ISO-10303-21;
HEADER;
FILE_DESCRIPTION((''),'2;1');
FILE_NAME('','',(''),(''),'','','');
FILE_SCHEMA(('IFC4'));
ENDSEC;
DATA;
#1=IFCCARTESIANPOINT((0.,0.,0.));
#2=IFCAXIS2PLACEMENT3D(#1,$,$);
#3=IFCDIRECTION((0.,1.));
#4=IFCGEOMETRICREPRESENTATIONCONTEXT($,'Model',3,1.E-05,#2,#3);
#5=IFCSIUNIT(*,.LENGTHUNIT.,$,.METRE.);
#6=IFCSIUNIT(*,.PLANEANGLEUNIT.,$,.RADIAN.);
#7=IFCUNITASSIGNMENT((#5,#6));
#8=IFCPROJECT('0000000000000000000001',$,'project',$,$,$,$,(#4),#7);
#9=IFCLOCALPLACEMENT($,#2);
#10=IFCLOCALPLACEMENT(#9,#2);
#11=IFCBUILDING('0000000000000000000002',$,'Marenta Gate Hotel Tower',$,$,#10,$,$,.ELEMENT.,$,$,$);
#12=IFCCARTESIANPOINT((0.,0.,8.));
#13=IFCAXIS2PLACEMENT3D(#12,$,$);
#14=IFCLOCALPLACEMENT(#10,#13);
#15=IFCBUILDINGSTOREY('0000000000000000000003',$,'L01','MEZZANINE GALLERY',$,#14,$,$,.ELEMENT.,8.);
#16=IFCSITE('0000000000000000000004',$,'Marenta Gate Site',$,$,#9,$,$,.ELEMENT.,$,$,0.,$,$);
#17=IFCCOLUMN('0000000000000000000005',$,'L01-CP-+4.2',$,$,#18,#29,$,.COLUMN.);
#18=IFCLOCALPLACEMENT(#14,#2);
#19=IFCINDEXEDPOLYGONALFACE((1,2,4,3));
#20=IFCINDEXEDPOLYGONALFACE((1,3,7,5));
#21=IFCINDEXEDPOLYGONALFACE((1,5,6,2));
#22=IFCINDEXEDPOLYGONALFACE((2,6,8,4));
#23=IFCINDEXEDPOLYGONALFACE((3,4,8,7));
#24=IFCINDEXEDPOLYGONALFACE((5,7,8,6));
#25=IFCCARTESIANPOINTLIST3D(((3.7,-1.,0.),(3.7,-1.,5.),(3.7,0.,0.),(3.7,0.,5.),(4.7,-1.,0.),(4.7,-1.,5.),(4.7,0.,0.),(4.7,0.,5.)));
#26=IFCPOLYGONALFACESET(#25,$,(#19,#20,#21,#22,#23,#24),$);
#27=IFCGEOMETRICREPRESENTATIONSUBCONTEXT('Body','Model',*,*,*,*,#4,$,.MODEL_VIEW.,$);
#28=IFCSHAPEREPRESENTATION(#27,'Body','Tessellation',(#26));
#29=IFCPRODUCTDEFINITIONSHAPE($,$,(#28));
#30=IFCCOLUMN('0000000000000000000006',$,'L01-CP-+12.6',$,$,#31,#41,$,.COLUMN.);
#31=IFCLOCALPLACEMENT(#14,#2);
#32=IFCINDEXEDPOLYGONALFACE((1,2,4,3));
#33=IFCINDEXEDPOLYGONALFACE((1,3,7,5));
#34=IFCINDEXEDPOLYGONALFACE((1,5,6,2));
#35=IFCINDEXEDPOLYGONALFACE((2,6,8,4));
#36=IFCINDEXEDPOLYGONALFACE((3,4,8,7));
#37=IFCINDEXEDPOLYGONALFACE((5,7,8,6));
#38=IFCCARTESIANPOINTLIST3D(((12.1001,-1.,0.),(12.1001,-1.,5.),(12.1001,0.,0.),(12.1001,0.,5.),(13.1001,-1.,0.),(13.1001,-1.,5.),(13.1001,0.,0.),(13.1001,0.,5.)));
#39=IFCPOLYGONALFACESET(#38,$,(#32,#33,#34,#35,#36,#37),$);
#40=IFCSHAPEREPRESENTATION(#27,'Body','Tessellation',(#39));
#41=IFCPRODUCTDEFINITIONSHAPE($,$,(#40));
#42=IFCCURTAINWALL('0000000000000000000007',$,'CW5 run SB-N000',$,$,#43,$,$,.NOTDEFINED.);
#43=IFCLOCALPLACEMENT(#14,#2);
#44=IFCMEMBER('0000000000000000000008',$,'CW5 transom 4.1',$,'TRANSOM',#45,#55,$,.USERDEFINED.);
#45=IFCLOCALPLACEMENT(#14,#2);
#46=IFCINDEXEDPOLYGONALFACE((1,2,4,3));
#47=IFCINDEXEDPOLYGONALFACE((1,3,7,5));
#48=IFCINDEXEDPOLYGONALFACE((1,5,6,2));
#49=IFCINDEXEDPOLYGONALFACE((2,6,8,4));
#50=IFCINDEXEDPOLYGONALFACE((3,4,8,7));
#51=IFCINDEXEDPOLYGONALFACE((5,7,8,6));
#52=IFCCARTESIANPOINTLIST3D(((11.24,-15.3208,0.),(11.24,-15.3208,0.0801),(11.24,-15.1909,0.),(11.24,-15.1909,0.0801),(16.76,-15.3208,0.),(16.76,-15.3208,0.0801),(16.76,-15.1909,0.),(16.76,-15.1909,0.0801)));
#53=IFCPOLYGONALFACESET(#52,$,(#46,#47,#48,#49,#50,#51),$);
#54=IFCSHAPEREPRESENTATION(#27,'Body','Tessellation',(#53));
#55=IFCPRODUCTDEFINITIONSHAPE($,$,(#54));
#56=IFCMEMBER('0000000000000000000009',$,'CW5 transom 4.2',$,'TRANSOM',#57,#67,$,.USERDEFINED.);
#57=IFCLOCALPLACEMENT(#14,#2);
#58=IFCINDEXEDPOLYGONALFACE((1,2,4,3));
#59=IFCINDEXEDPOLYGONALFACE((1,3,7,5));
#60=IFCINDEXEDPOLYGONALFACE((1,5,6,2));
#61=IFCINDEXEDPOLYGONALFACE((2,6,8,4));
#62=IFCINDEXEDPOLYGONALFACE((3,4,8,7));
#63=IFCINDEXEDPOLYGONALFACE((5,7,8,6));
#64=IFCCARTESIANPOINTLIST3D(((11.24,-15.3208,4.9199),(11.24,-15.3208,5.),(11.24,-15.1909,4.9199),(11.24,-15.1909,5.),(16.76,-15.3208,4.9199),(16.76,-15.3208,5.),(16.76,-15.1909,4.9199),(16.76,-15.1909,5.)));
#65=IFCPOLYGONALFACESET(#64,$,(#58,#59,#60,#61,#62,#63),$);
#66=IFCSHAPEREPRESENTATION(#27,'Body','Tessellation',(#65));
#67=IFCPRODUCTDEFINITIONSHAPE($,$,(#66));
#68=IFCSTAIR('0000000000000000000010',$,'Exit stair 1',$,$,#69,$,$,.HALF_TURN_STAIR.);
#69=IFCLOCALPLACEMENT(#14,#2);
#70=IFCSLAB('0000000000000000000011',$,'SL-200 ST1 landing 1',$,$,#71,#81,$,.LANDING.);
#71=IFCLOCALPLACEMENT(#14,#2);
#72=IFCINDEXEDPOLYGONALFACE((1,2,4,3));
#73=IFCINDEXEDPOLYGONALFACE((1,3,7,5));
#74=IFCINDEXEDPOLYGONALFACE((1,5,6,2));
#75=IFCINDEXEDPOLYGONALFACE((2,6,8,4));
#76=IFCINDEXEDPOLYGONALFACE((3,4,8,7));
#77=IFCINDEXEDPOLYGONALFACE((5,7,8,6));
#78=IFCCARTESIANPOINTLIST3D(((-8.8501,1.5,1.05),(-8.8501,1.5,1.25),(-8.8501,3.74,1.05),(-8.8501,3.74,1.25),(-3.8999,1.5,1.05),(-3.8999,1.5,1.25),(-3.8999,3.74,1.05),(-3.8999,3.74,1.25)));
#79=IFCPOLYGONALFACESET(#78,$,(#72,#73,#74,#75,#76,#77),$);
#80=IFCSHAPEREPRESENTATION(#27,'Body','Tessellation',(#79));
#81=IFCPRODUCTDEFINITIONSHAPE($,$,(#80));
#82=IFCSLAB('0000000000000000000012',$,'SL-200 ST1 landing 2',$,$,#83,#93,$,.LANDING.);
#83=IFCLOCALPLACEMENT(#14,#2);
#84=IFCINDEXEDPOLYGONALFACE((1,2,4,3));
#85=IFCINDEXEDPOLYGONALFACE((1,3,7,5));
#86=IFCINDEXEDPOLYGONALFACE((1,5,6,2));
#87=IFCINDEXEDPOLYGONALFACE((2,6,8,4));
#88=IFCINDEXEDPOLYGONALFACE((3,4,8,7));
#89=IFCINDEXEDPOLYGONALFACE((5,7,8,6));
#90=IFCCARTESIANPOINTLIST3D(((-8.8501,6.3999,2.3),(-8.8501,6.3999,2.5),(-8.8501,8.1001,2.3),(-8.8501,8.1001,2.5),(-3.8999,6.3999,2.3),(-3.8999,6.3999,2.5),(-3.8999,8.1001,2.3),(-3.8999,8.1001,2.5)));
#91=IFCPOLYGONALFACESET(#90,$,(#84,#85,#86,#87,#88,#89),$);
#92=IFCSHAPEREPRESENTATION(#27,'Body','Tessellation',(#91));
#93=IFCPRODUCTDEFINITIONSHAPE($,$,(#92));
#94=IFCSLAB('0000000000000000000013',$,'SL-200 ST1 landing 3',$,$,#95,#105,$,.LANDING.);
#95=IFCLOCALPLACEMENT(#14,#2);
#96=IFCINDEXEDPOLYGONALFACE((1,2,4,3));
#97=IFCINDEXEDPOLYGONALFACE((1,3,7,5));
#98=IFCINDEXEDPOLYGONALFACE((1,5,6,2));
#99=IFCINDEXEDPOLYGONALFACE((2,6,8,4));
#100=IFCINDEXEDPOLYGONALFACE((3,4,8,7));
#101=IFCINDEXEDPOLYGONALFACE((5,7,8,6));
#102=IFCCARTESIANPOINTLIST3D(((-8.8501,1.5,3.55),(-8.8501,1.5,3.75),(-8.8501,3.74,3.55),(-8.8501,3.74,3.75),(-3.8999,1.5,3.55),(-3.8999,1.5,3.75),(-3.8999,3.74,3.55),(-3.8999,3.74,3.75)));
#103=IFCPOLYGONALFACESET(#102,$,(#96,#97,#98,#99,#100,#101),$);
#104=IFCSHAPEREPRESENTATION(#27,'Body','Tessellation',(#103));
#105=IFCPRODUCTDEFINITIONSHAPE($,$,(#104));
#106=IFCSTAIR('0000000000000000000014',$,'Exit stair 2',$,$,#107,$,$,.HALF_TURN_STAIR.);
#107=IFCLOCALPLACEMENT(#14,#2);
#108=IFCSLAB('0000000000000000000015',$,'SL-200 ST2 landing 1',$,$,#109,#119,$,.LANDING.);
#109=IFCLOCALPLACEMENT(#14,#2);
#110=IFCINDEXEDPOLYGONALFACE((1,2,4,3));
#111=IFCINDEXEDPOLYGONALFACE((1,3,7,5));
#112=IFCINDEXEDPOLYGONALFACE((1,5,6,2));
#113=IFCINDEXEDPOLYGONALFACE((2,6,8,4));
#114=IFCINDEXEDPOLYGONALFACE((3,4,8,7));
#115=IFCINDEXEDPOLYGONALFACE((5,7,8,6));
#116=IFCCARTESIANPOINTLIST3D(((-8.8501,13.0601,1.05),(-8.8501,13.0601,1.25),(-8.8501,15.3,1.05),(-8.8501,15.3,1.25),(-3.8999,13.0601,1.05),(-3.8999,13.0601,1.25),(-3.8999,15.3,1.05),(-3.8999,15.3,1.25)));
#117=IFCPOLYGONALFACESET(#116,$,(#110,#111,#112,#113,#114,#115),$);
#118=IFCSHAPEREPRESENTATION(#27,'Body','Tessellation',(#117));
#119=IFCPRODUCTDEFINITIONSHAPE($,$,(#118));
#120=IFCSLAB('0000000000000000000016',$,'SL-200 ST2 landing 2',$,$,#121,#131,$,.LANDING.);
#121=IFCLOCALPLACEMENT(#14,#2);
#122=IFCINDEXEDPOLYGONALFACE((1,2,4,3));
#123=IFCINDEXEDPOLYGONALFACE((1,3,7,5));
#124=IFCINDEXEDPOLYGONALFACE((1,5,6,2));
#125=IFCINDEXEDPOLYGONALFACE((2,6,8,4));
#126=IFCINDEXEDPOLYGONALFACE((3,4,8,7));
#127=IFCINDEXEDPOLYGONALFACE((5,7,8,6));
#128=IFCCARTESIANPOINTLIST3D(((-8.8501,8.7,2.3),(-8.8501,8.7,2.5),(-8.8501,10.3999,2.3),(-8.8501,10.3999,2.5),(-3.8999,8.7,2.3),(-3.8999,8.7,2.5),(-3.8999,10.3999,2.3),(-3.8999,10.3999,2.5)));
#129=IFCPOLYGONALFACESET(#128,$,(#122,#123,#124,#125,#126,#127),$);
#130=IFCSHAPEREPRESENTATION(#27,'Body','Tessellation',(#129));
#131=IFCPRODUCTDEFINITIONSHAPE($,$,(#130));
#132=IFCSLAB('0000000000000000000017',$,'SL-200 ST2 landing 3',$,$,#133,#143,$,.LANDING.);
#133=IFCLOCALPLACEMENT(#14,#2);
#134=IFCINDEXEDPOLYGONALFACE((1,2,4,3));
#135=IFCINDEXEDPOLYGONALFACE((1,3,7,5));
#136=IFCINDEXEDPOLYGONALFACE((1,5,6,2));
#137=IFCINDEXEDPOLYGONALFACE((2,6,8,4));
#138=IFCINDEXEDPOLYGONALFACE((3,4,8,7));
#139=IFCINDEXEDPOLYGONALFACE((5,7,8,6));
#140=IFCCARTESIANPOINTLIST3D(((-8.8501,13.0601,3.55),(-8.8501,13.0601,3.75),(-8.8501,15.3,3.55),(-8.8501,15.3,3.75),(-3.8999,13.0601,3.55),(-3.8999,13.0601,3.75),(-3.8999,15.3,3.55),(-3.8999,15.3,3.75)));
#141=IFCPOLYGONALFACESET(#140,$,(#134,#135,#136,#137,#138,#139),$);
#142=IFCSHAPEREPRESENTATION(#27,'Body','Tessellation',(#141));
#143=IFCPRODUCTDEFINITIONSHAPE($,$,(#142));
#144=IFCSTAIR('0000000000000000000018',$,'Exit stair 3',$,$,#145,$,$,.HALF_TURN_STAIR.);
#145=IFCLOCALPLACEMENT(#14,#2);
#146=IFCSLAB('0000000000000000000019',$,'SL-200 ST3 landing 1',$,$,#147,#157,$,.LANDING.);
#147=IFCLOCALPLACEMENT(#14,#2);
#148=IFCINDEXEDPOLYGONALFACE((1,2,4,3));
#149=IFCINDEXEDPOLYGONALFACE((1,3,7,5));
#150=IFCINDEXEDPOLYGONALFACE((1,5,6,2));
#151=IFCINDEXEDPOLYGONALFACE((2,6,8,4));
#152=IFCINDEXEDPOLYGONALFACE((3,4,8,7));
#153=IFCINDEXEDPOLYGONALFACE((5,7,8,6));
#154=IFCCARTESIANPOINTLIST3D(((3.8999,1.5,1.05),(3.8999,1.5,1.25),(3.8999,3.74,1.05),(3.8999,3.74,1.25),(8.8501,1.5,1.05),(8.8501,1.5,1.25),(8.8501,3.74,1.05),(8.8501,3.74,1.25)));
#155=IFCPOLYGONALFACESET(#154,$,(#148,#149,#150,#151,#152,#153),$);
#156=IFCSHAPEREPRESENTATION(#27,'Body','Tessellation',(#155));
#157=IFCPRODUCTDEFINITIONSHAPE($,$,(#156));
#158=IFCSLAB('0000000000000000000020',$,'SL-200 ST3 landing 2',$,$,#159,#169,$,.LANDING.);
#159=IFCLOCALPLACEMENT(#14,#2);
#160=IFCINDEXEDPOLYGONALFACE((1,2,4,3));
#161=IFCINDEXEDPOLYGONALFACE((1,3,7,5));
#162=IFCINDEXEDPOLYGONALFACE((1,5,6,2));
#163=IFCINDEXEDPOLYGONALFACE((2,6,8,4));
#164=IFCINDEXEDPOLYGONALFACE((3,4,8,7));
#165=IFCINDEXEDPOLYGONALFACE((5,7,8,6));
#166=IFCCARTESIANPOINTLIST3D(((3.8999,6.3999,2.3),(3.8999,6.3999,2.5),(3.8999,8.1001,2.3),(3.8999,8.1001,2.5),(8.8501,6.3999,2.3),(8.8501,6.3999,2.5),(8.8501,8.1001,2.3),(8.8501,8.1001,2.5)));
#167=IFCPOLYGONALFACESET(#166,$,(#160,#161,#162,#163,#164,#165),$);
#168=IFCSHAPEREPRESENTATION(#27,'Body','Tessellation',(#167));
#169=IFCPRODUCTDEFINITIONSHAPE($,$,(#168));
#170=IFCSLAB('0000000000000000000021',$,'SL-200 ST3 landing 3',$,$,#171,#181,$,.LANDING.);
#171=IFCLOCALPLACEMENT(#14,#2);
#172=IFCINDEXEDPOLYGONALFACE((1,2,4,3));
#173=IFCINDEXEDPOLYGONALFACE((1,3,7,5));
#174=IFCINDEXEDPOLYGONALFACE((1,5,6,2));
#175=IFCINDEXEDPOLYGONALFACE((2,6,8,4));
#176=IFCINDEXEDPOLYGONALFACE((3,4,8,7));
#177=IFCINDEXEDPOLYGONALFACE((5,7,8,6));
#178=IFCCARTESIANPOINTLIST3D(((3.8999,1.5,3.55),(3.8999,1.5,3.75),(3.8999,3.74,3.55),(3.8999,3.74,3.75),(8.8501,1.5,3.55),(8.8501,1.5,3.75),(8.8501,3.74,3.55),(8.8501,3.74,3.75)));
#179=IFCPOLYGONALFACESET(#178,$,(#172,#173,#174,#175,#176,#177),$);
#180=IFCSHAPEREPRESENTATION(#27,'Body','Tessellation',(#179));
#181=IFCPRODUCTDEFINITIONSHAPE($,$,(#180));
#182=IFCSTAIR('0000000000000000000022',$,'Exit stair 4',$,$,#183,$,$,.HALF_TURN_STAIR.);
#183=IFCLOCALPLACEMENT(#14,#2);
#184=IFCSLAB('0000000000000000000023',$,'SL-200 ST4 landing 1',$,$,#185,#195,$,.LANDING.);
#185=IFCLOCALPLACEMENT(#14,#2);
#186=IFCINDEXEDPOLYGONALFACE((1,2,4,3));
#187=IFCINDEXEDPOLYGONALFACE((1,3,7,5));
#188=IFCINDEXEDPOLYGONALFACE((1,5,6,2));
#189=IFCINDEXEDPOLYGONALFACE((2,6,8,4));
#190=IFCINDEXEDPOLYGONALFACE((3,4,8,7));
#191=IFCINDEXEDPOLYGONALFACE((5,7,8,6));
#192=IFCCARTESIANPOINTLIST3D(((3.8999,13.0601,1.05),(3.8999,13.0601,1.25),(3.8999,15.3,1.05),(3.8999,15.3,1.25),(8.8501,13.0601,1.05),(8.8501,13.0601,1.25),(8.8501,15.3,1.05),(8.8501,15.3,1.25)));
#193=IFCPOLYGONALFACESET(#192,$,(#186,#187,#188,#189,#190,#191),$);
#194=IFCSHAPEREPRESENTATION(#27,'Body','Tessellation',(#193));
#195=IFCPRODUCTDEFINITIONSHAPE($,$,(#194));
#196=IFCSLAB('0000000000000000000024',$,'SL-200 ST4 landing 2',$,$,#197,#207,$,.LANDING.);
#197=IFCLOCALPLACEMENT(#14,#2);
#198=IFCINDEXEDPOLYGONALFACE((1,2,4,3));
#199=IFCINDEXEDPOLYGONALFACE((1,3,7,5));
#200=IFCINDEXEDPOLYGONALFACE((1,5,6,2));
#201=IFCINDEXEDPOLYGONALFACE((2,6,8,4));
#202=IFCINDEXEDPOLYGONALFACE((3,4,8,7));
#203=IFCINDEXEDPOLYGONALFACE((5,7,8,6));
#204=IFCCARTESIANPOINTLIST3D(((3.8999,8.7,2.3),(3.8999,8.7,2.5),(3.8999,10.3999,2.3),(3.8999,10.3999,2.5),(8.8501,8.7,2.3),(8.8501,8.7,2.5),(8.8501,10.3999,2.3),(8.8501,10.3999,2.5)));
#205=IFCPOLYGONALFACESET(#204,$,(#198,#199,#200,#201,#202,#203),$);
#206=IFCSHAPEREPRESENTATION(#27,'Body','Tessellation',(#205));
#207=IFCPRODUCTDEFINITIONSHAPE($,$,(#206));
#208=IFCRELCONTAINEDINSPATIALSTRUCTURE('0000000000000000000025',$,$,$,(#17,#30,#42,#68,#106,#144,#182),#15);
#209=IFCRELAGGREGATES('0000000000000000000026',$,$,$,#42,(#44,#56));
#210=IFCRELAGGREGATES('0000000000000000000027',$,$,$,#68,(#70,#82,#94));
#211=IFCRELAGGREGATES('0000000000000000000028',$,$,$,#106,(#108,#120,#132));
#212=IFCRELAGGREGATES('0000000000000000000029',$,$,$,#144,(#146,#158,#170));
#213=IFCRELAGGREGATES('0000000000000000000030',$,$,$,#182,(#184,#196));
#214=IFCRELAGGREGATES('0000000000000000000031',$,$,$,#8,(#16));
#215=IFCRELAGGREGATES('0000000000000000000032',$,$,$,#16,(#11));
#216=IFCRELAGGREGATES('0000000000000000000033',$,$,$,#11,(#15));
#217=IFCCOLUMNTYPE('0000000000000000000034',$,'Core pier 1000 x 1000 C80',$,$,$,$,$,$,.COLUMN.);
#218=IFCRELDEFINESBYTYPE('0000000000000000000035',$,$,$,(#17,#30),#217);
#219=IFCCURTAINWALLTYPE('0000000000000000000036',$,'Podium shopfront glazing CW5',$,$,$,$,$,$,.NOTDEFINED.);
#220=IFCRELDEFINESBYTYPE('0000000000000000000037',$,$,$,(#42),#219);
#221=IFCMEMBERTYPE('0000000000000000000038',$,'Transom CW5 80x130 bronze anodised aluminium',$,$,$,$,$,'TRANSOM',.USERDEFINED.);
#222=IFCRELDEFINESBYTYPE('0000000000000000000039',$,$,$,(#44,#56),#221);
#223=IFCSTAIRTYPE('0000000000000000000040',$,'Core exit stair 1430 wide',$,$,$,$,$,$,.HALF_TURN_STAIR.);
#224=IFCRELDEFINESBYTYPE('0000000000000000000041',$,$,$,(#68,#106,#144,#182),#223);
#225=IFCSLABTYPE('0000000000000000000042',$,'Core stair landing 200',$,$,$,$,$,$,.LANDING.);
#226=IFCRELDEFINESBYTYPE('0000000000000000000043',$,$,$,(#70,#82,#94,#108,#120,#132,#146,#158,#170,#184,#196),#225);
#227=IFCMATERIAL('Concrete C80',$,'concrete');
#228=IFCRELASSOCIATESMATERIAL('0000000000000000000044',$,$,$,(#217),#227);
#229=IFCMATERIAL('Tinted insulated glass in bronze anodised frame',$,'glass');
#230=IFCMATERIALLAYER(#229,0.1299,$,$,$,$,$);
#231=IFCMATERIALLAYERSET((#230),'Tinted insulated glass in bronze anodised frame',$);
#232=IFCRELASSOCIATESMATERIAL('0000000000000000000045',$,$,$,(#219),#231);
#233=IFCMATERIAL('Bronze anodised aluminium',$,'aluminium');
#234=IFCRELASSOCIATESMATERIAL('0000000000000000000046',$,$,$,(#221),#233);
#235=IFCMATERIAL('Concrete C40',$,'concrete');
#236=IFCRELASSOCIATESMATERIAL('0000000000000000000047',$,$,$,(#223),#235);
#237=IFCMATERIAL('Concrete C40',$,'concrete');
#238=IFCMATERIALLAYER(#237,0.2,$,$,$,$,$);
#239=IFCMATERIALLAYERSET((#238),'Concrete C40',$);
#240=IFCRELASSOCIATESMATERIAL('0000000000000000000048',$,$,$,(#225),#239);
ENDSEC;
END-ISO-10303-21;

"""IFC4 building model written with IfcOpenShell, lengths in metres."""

from ifc_helpers import new_model, si_unit, direction, frame, origin, origin_2d, place, context, subcontext, project, spatial, polyline, rectangle, outline, extrude, material, layer, layer_set, material_profile, profile_set, type_object, element, aggregate, save


model = new_model("IFC4")

# Units and contexts
model_context = context("Model", 3, precision=1e-05, world=origin(), true_north=direction((0.0, 1.0)))
body_context = subcontext(model_context, "Body", "Model", "MODEL_VIEW")
ifc_project = project(units=[si_unit("LENGTHUNIT", "METRE"), si_unit("PLANEANGLEUNIT", "RADIAN")], contexts=[model_context])

# Site, building, storey
site_placement = place(None, origin())
site = spatial("IfcSite", under=ifc_project, at=site_placement, Name="Marenta Gate Site", CompositionType="ELEMENT", RefElevation=0.0)
building_placement = place(site_placement, origin())
building = spatial("IfcBuilding", under=site, at=building_placement, Name="Marenta Gate Hotel Tower", CompositionType="ELEMENT")
storey_placement = place(building_placement, frame((0.0, 0.0, 8.0)))
storey = spatial("IfcBuildingStorey", under=building, at=storey_placement, Name="L01", Description="MEZZANINE GALLERY", CompositionType="ELEMENT", Elevation=8.0)

# Columns
ifc_material_1 = material(Name="Concrete C80", Category="concrete")
ifc_material_profile_1 = material_profile(ifc_material_1, rectangle(XDim=1.0, YDim=1.0, at=origin_2d()), Name="1000 x 1000")
ifc_profile_set_1 = profile_set([ifc_material_profile_1], Name="Concrete C80")
column_type = type_object("IfcColumnType", Name="Core pier 1000 x 1000 C80", PredefinedType="COLUMN", material=ifc_profile_set_1)
for number, where, z_axis, x_axis, name in (
    (1, (4.2, -0.5, 0.0), (0.0, 0.0, 1.0), (1.0, 0.0, 0.0), "L01-CP-+4.2"),
    (2, (12.6001, -0.5, 0.0), (0.0, 0.0, 1.0), (1.0, 0.0, 0.0), "L01-CP-+12.6"),
):
    element("IfcColumn", number, at=place(storey_placement, frame(where, z_axis=z_axis, x_axis=x_axis)), inside=storey, type_object=column_type, Name=name, PredefinedType="COLUMN", context=body_context, shape_type="SweptSolid", body=[
        extrude(rectangle(XDim=1.0, YDim=1.0, at=origin_2d()), origin(), (0.0, 0.0, 1.0), 5.0),
    ])

# Curtain wall, members
ifc_material_2 = material(Name="Tinted insulated glass in bronze anodised frame", Category="glass")
ifc_layer_1 = layer(ifc_material_2, 0.1299)
ifc_layer_set_1 = layer_set([ifc_layer_1], Name="Tinted insulated glass in bronze anodised frame")
curtain_wall_type = type_object("IfcCurtainWallType", Name="Podium shopfront glazing CW5", PredefinedType="NOTDEFINED", material=ifc_layer_set_1)
curtain_wall_placement = place(storey_placement, origin())
curtain_wall = element("IfcCurtainWall", 3, at=curtain_wall_placement, inside=storey, type_object=curtain_wall_type, Name="CW5 run SB-N000", PredefinedType="NOTDEFINED")
ifc_material_3 = material(Name="Bronze anodised aluminium", Category="aluminium")
ifc_material_profile_2 = material_profile(ifc_material_3, rectangle(XDim=0.1299, YDim=0.0801, at=origin_2d()), Name="Transom CW5 80x130 bronze anodised aluminium")
ifc_profile_set_2 = profile_set([ifc_material_profile_2], Name="Bronze anodised aluminium")
member_type = type_object("IfcMemberType", Name="Transom CW5 80x130 bronze anodised aluminium", ElementType="TRANSOM", PredefinedType="USERDEFINED", material=ifc_profile_set_2)
member_1_placement = place(storey_placement, frame((16.76, -15.2559, 0.04), z_axis=(-1.0, 0.0, 0.0), x_axis=(0.0, -1.0, 0.0)))
member_1 = element("IfcMember", 4, at=member_1_placement, type_object=member_type, Name="CW5 transom 4.1", ObjectType="TRANSOM", PredefinedType="USERDEFINED", context=body_context, shape_type="SweptSolid", body=[
    extrude(rectangle(XDim=0.1299, YDim=0.0801, at=origin_2d()), origin(), (0.0, 0.0, 1.0), 5.52),
])
member_2_placement = place(storey_placement, frame((16.76, -15.2559, 4.96), z_axis=(-1.0, 0.0, 0.0), x_axis=(0.0, -1.0, 0.0)))
member_2 = element("IfcMember", 5, at=member_2_placement, type_object=member_type, Name="CW5 transom 4.2", ObjectType="TRANSOM", PredefinedType="USERDEFINED", context=body_context, shape_type="SweptSolid", body=[
    extrude(rectangle(XDim=0.1299, YDim=0.0801, at=origin_2d()), origin(), (0.0, 0.0, 1.0), 5.52),
])
aggregate(curtain_wall, [member_1, member_2])

# Stairs, slabs
ifc_material_4 = material(Name="Concrete C40", Category="concrete")
stair_type_1 = type_object("IfcStairType", Name="Core exit stair 1430 wide", PredefinedType="HALF_TURN_STAIR", material=ifc_material_4)
stair_1_placement = place(storey_placement, origin())
stair_1 = element("IfcStair", 6, at=stair_1_placement, inside=storey, type_object=stair_type_1, Name="Exit stair 1", PredefinedType="HALF_TURN_STAIR")
ifc_material_5 = material(Name="Concrete C40", Category="concrete")
ifc_layer_2 = layer(ifc_material_5, 0.2)
ifc_layer_set_2 = layer_set([ifc_layer_2], Name="Concrete C40")
slab_type = type_object("IfcSlabType", Name="Core stair landing 200", PredefinedType="LANDING", material=ifc_layer_set_2)
slab_1_placement = place(storey_placement, frame((0.0, 0.0, 1.05)))
slab_1 = element("IfcSlab", 7, at=slab_1_placement, type_object=slab_type, Name="SL-200 ST1 landing 1", PredefinedType="LANDING", context=body_context, shape_type="SweptSolid", body=[
    extrude(outline(polyline([(-8.8501, 1.5), (-3.8999, 1.5), (-3.8999, 3.74), (-8.8501, 3.74), (-8.8501, 1.5)])), origin(), (0.0, 0.0, 1.0), 0.2),
])
slab_2_placement = place(storey_placement, frame((0.0, 0.0, 2.3)))
slab_2 = element("IfcSlab", 8, at=slab_2_placement, type_object=slab_type, Name="SL-200 ST1 landing 2", PredefinedType="LANDING", context=body_context, shape_type="SweptSolid", body=[
    extrude(outline(polyline([(-8.8501, 6.3999), (-3.8999, 6.3999), (-3.8999, 8.1001), (-8.8501, 8.1001), (-8.8501, 6.3999)])), origin(), (0.0, 0.0, 1.0), 0.2),
])
slab_3_placement = place(storey_placement, frame((0.0, 0.0, 3.55)))
slab_3 = element("IfcSlab", 9, at=slab_3_placement, type_object=slab_type, Name="SL-200 ST1 landing 3", PredefinedType="LANDING", context=body_context, shape_type="SweptSolid", body=[
    extrude(outline(polyline([(-8.8501, 1.5), (-3.8999, 1.5), (-3.8999, 3.74), (-8.8501, 3.74), (-8.8501, 1.5)])), origin(), (0.0, 0.0, 1.0), 0.2),
])
aggregate(stair_1, [slab_1, slab_2, slab_3])
stair_2_placement = place(storey_placement, origin())
stair_2 = element("IfcStair", 10, at=stair_2_placement, inside=storey, type_object=stair_type_1, Name="Exit stair 2", PredefinedType="HALF_TURN_STAIR")
slab_4_placement = place(storey_placement, frame((0.0, 0.0, 1.05)))
slab_4 = element("IfcSlab", 11, at=slab_4_placement, type_object=slab_type, Name="SL-200 ST2 landing 1", PredefinedType="LANDING", context=body_context, shape_type="SweptSolid", body=[
    extrude(outline(polyline([(-8.8501, 13.0601), (-3.8999, 13.0601), (-3.8999, 15.3), (-8.8501, 15.3), (-8.8501, 13.0601)])), origin(), (0.0, 0.0, 1.0), 0.2),
])
slab_5_placement = place(storey_placement, frame((0.0, 0.0, 2.3)))
slab_5 = element("IfcSlab", 12, at=slab_5_placement, type_object=slab_type, Name="SL-200 ST2 landing 2", PredefinedType="LANDING", context=body_context, shape_type="SweptSolid", body=[
    extrude(outline(polyline([(-8.8501, 8.7), (-3.8999, 8.7), (-3.8999, 10.3999), (-8.8501, 10.3999), (-8.8501, 8.7)])), origin(), (0.0, 0.0, 1.0), 0.2),
])
slab_6_placement = place(storey_placement, frame((0.0, 0.0, 3.55)))
slab_6 = element("IfcSlab", 13, at=slab_6_placement, type_object=slab_type, Name="SL-200 ST2 landing 3", PredefinedType="LANDING", context=body_context, shape_type="SweptSolid", body=[
    extrude(outline(polyline([(-8.8501, 13.0601), (-3.8999, 13.0601), (-3.8999, 15.3), (-8.8501, 15.3), (-8.8501, 13.0601)])), origin(), (0.0, 0.0, 1.0), 0.2),
])
aggregate(stair_2, [slab_4, slab_5, slab_6])
stair_3_placement = place(storey_placement, origin())
stair_3 = element("IfcStair", 14, at=stair_3_placement, inside=storey, type_object=stair_type_1, Name="Exit stair 3", PredefinedType="HALF_TURN_STAIR")
slab_7_placement = place(storey_placement, frame((0.0, 0.0, 1.05)))
slab_7 = element("IfcSlab", 15, at=slab_7_placement, type_object=slab_type, Name="SL-200 ST3 landing 1", PredefinedType="LANDING", context=body_context, shape_type="SweptSolid", body=[
    extrude(outline(polyline([(3.8999, 1.5), (8.8501, 1.5), (8.8501, 3.74), (3.8999, 3.74), (3.8999, 1.5)])), origin(), (0.0, 0.0, 1.0), 0.2),
])
slab_8_placement = place(storey_placement, frame((0.0, 0.0, 2.3)))
slab_8 = element("IfcSlab", 16, at=slab_8_placement, type_object=slab_type, Name="SL-200 ST3 landing 2", PredefinedType="LANDING", context=body_context, shape_type="SweptSolid", body=[
    extrude(outline(polyline([(3.8999, 6.3999), (8.8501, 6.3999), (8.8501, 8.1001), (3.8999, 8.1001), (3.8999, 6.3999)])), origin(), (0.0, 0.0, 1.0), 0.2),
])
slab_9_placement = place(storey_placement, frame((0.0, 0.0, 3.55)))
slab_9 = element("IfcSlab", 17, at=slab_9_placement, type_object=slab_type, Name="SL-200 ST3 landing 3", PredefinedType="LANDING", context=body_context, shape_type="SweptSolid", body=[
    extrude(outline(polyline([(3.8999, 1.5), (8.8501, 1.5), (8.8501, 3.74), (3.8999, 3.74), (3.8999, 1.5)])), origin(), (0.0, 0.0, 1.0), 0.2),
])
aggregate(stair_3, [slab_7, slab_8, slab_9])
stair_4_placement = place(storey_placement, origin())
stair_4 = element("IfcStair", 18, at=stair_4_placement, inside=storey, type_object=stair_type_1, Name="Exit stair 4", PredefinedType="HALF_TURN_STAIR")
slab_10_placement = place(storey_placement, frame((0.0, 0.0, 1.05)))
slab_10 = element("IfcSlab", 19, at=slab_10_placement, type_object=slab_type, Name="SL-200 ST4 landing 1", PredefinedType="LANDING", context=body_context, shape_type="SweptSolid", body=[
    extrude(outline(polyline([(3.8999, 13.0601), (8.8501, 13.0601), (8.8501, 15.3), (3.8999, 15.3), (3.8999, 13.0601)])), origin(), (0.0, 0.0, 1.0), 0.2),
])
slab_11_placement = place(storey_placement, frame((0.0, 0.0, 2.3)))
slab_11 = element("IfcSlab", 20, at=slab_11_placement, type_object=slab_type, Name="SL-200 ST4 landing 2", PredefinedType="LANDING", context=body_context, shape_type="SweptSolid", body=[
    extrude(outline(polyline([(3.8999, 8.7), (8.8501, 8.7), (8.8501, 10.3999), (3.8999, 10.3999), (3.8999, 8.7)])), origin(), (0.0, 0.0, 1.0), 0.2),
])
aggregate(stair_4, [slab_10, slab_11])

save(model, "model.ifc")
